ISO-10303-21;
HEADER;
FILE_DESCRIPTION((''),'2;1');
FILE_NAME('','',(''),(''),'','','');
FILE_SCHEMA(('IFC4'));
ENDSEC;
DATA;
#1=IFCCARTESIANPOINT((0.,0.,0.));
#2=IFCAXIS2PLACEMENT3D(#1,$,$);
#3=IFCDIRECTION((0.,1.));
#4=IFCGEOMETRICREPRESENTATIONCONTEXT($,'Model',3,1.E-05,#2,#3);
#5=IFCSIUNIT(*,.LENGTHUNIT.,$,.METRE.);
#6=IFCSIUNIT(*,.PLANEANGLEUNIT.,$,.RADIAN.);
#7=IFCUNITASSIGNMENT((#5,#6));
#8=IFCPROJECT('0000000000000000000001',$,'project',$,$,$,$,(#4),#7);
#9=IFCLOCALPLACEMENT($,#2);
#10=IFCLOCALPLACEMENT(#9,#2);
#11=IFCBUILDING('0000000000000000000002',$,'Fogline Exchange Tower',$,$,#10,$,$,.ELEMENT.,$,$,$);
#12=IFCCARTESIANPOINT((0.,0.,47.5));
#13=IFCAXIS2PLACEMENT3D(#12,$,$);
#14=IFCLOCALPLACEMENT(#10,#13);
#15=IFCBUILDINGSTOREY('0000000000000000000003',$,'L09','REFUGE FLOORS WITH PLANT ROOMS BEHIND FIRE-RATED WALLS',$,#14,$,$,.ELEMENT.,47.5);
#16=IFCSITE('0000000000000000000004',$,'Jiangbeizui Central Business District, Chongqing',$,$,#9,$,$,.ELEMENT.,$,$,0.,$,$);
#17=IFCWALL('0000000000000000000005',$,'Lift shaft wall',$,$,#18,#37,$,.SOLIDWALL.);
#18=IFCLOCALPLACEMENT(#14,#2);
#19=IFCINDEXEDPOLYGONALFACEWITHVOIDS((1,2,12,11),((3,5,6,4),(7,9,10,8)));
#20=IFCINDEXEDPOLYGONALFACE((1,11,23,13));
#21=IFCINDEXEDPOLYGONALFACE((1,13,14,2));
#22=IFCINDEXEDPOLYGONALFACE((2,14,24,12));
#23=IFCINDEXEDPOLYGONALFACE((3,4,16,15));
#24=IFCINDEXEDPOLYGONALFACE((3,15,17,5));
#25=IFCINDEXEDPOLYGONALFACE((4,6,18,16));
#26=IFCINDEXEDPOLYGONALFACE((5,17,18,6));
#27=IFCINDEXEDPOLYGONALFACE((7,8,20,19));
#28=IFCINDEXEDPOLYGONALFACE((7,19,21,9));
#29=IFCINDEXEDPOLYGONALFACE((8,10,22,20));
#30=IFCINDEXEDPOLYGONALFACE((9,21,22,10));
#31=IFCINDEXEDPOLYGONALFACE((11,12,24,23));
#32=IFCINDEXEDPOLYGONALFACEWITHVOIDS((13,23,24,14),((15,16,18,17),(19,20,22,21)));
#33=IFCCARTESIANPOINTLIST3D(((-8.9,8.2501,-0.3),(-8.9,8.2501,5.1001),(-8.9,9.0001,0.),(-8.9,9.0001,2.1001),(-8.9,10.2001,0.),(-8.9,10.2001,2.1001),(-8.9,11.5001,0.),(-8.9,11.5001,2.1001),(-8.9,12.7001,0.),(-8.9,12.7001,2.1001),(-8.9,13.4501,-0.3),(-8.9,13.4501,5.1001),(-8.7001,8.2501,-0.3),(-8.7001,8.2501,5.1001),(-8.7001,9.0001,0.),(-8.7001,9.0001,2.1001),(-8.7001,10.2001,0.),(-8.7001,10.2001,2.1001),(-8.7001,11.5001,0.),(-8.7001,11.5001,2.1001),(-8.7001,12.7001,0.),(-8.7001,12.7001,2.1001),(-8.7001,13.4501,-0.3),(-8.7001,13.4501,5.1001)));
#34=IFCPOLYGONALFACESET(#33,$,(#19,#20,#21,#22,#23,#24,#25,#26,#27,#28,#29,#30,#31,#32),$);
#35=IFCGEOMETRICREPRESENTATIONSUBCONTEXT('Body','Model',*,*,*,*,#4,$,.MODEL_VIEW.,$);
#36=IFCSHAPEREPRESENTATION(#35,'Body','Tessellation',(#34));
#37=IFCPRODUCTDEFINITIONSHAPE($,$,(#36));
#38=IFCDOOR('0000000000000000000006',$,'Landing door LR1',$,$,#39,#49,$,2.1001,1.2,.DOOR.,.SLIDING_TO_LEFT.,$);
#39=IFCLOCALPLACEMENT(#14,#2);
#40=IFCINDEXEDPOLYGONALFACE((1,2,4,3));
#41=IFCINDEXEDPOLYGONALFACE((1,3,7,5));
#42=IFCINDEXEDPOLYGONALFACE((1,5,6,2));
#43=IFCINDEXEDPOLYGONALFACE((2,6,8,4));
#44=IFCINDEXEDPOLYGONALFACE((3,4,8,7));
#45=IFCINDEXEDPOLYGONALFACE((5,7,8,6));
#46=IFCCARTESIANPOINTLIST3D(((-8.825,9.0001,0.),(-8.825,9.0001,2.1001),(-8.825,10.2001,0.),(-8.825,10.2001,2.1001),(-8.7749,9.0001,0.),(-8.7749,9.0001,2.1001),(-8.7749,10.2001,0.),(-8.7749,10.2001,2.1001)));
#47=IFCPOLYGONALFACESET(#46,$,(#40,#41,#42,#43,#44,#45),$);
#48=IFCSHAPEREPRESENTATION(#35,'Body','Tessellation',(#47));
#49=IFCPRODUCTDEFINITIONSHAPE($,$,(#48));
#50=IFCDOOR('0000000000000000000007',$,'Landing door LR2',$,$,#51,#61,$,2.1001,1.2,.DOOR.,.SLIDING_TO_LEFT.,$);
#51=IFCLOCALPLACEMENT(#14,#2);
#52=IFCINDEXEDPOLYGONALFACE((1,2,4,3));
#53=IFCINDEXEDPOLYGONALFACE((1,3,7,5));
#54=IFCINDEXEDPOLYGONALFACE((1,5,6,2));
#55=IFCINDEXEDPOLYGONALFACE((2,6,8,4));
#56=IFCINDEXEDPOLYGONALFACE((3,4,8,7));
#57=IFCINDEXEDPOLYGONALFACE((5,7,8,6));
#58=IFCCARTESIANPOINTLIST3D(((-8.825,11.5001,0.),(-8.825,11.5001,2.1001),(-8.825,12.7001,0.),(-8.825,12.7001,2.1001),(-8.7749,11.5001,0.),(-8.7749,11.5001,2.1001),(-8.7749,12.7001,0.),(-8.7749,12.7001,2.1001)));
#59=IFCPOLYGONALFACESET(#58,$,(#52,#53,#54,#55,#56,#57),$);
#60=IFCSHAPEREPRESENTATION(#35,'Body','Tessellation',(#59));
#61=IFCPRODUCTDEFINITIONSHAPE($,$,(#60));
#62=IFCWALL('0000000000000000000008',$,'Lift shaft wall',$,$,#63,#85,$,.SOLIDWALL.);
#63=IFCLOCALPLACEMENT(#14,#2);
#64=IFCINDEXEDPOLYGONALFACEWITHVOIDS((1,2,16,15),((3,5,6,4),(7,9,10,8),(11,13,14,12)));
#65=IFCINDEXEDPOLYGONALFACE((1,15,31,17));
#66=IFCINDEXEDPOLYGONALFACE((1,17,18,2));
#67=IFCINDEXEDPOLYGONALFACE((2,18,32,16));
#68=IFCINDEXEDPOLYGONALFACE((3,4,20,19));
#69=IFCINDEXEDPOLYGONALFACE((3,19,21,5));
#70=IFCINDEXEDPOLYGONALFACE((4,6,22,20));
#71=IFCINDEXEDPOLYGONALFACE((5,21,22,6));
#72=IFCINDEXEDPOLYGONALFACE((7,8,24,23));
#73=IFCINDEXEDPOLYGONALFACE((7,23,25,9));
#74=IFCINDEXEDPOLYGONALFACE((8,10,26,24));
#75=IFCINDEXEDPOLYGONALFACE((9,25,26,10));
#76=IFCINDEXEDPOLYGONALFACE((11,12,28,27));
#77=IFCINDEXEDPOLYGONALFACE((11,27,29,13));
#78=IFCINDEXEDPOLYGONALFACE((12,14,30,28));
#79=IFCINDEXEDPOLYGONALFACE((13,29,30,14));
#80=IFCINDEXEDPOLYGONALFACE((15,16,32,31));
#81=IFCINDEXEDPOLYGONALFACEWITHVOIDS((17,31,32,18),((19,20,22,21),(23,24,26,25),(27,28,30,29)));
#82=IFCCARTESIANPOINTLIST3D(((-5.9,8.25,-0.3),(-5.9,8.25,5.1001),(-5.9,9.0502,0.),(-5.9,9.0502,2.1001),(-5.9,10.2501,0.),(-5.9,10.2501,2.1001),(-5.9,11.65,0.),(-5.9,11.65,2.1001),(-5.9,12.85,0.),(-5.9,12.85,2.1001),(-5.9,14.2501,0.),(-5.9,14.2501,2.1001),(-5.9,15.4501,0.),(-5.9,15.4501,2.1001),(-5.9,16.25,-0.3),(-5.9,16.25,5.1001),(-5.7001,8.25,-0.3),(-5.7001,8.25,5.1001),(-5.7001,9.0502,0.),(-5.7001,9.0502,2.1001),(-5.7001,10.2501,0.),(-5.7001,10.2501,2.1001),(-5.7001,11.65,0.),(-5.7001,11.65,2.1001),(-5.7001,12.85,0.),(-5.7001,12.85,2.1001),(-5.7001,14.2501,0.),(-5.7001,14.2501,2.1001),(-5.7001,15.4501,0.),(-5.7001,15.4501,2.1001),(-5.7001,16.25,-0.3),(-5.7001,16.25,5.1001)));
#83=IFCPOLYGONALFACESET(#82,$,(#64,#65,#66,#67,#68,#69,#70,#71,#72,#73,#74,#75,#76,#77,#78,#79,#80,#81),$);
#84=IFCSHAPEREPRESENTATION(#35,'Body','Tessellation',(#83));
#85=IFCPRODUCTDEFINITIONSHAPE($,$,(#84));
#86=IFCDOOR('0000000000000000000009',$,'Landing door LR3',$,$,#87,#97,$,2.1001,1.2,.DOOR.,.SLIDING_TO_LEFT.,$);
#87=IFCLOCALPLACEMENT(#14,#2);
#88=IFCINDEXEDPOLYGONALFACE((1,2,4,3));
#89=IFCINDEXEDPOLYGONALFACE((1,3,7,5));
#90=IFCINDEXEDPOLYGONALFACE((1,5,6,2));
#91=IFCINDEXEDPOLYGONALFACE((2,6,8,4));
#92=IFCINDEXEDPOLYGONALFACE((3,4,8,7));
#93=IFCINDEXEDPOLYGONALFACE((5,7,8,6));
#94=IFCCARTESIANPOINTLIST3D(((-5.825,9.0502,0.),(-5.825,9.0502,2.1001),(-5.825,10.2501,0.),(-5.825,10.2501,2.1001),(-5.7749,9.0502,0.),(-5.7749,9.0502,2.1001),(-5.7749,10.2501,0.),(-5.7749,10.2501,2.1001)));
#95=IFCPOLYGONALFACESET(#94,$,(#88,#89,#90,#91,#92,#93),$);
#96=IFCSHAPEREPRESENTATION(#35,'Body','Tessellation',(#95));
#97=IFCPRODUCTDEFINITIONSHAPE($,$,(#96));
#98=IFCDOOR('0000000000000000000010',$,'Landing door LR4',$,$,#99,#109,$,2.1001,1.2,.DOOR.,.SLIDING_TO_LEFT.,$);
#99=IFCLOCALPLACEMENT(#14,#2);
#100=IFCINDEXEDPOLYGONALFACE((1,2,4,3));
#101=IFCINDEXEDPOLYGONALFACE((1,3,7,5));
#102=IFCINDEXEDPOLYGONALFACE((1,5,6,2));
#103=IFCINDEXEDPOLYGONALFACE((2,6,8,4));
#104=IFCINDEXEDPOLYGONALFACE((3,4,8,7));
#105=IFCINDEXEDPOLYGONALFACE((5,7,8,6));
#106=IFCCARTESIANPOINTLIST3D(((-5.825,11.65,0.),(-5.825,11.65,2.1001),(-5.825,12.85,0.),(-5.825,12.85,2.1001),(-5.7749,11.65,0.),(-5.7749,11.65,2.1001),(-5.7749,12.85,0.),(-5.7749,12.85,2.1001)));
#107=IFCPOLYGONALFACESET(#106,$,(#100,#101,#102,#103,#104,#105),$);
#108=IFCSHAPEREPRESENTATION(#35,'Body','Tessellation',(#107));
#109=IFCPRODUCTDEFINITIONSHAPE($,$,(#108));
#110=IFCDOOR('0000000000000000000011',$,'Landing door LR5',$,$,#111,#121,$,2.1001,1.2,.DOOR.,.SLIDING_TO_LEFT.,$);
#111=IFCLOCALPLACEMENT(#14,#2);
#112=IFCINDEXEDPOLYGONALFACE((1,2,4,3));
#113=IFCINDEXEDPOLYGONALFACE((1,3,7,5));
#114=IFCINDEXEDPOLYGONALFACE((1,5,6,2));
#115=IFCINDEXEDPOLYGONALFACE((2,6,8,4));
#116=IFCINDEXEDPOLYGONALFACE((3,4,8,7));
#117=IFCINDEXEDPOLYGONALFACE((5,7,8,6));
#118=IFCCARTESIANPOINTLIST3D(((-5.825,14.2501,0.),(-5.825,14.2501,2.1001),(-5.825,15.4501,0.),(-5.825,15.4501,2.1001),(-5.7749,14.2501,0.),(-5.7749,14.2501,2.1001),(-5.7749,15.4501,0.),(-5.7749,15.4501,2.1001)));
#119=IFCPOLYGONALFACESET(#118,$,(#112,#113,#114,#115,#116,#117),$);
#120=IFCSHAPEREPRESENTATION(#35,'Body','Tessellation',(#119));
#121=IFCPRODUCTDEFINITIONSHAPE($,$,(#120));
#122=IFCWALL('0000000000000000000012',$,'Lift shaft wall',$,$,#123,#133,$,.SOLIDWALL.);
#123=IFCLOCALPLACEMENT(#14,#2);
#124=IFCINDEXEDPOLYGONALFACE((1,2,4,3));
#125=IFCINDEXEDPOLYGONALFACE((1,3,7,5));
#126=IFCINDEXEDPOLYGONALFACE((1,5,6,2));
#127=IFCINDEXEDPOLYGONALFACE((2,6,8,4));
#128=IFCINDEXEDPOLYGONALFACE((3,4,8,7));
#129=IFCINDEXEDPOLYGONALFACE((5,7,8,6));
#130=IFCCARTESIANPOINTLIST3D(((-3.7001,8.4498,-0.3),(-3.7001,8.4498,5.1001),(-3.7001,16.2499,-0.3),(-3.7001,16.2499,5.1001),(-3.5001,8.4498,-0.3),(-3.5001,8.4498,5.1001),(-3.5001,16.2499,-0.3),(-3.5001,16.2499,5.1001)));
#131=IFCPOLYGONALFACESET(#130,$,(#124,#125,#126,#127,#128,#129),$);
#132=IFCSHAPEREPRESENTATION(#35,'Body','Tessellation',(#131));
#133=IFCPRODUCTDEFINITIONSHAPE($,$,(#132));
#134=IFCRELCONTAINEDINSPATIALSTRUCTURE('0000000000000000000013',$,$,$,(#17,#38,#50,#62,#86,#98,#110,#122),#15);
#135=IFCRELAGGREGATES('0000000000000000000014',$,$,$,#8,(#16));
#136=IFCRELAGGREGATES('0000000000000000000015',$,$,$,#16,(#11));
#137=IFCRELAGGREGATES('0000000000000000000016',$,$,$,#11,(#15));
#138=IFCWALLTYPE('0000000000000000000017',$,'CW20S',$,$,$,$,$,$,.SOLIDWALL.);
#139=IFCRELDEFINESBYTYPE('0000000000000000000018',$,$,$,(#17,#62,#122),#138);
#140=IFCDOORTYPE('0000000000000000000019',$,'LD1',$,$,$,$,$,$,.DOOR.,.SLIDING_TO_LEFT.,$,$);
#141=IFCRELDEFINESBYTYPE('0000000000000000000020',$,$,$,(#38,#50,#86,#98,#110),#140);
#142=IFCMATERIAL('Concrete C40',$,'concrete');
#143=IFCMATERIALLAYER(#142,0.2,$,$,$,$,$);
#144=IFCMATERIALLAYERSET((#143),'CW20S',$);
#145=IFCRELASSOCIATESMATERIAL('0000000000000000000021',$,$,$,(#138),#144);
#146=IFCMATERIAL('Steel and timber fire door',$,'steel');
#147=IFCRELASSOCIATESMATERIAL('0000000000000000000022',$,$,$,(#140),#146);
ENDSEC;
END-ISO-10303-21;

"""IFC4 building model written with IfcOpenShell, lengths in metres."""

from ifc_helpers import new_model, si_unit, direction, frame, frame_2d, origin, place, context, subcontext, project, spatial, rectangle, extrude, material, layer, layer_set, type_object, element, fill, save


model = new_model("IFC4")

# Units and contexts
model_context = context("Model", 3, precision=1e-05, world=origin(), true_north=direction((0.0, 1.0)))
body_context = subcontext(model_context, "Body", "Model", "MODEL_VIEW")
ifc_project = project(units=[si_unit("LENGTHUNIT", "METRE"), si_unit("PLANEANGLEUNIT", "RADIAN")], contexts=[model_context])

# Site, building, storey
site_placement = place(None, origin())
site = spatial("IfcSite", under=ifc_project, at=site_placement, Name="Jiangbeizui Central Business District, Chongqing", CompositionType="ELEMENT", RefElevation=0.0)
building_placement = place(site_placement, origin())
building = spatial("IfcBuilding", under=site, at=building_placement, Name="Fogline Exchange Tower", CompositionType="ELEMENT")
storey_placement = place(building_placement, frame((0.0, 0.0, 47.5)))
storey = spatial("IfcBuildingStorey", under=building, at=storey_placement, Name="L09", Description="REFUGE FLOORS WITH PLANT ROOMS BEHIND FIRE-RATED WALLS", CompositionType="ELEMENT", Elevation=47.5)

# Shared definitions
ifc_material_1 = material(Name="Steel and timber fire door", Category="steel")

# Shared definitions
ifc_material_2 = material(Name="Concrete C40", Category="concrete")

# Walls, openings, doors
ifc_layer_1 = layer(ifc_material_2, 0.2)
ifc_layer_set_1 = layer_set([ifc_layer_1], Name="CW20S")
wall_type_1 = type_object("IfcWallType", Name="CW20S", PredefinedType="SOLIDWALL", material=ifc_layer_set_1)
wall_1_placement = place(storey_placement, frame((-8.8, 8.25, -0.3), z_axis=(0.0, 0.0, 1.0), x_axis=(0.0, 1.0, 0.0)))
wall_1 = element("IfcWall", 1, at=wall_1_placement, inside=storey, type_object=wall_type_1, Name="Lift shaft wall", PredefinedType="SOLIDWALL", context=body_context, shape_type="SweptSolid", body=[
    extrude(rectangle(XDim=5.2, YDim=0.2, at=frame_2d((2.6001, 0.0))), origin(), (0.0, 0.0, 1.0), 5.4001),
])
opening_1_placement = place(wall_1_placement, frame((0.75, 0.0, 0.3)))
opening_1 = element("IfcOpeningElement", 2, at=opening_1_placement, cuts=wall_1, PredefinedType="OPENING", context=body_context, shape_type="SweptSolid", body=[
    extrude(rectangle(XDim=1.2, YDim=2.1001, at=frame_2d((0.6001, 1.05))), frame((0.0, 0.1099, 0.0), z_axis=(0.0, -1.0, 0.0), x_axis=(1.0, 0.0, 0.0)), (0.0, 0.0, 1.0), 0.22),
])
opening_2_placement = place(wall_1_placement, frame((3.25, 0.0, 0.3)))
opening_2 = element("IfcOpeningElement", 3, at=opening_2_placement, cuts=wall_1, PredefinedType="OPENING", context=body_context, shape_type="SweptSolid", body=[
    extrude(rectangle(XDim=1.2, YDim=2.1001, at=frame_2d((0.6001, 1.05))), frame((0.0, 0.1099, 0.0), z_axis=(0.0, -1.0, 0.0), x_axis=(1.0, 0.0, 0.0)), (0.0, 0.0, 1.0), 0.22),
])
door_type_1 = type_object("IfcDoorType", Name="LD1", OperationType="SLIDING_TO_LEFT", PredefinedType="DOOR", material=ifc_material_1)
door_1_placement = place(opening_1_placement, origin())
door_1 = element("IfcDoor", 4, at=door_1_placement, inside=storey, type_object=door_type_1, Name="Landing door LR1", OperationType="SLIDING_TO_LEFT", OverallHeight=2.1001, OverallWidth=1.2, PredefinedType="DOOR", context=body_context, shape_type="SweptSolid", body=[
    extrude(rectangle(XDim=1.2, YDim=2.1001, at=frame_2d((0.6001, 1.05))), frame((0.0, 0.0249, 0.0), z_axis=(0.0, -1.0, 0.0), x_axis=(1.0, 0.0, 0.0)), (0.0, 0.0, 1.0), 0.05),
])
fill(opening_1, door_1)
door_2_placement = place(opening_2_placement, origin())
door_2 = element("IfcDoor", 5, at=door_2_placement, inside=storey, type_object=door_type_1, Name="Landing door LR2", OperationType="SLIDING_TO_LEFT", OverallHeight=2.1001, OverallWidth=1.2, PredefinedType="DOOR", context=body_context, shape_type="SweptSolid", body=[
    extrude(rectangle(XDim=1.2, YDim=2.1001, at=frame_2d((0.6001, 1.05))), frame((0.0, 0.0249, 0.0), z_axis=(0.0, -1.0, 0.0), x_axis=(1.0, 0.0, 0.0)), (0.0, 0.0, 1.0), 0.05),
])
fill(opening_2, door_2)
wall_2_placement = place(storey_placement, frame((-5.8, 8.25, -0.3), z_axis=(0.0, 0.0, 1.0), x_axis=(0.0, 1.0, 0.0)))
wall_2 = element("IfcWall", 6, at=wall_2_placement, inside=storey, type_object=wall_type_1, Name="Lift shaft wall", PredefinedType="SOLIDWALL", context=body_context, shape_type="SweptSolid", body=[
    extrude(rectangle(XDim=8.0, YDim=0.2, at=frame_2d((4.0, 0.0))), origin(), (0.0, 0.0, 1.0), 5.4001),
])
opening_3_placement = place(wall_2_placement, frame((0.8, 0.0, 0.3)))
opening_3 = element("IfcOpeningElement", 7, at=opening_3_placement, cuts=wall_2, PredefinedType="OPENING", context=body_context, shape_type="SweptSolid", body=[
    extrude(rectangle(XDim=1.2, YDim=2.1001, at=frame_2d((0.6001, 1.05))), frame((0.0, 0.1099, 0.0), z_axis=(0.0, -1.0, 0.0), x_axis=(1.0, 0.0, 0.0)), (0.0, 0.0, 1.0), 0.22),
])
opening_4_placement = place(wall_2_placement, frame((3.3999, 0.0, 0.3)))
opening_4 = element("IfcOpeningElement", 8, at=opening_4_placement, cuts=wall_2, PredefinedType="OPENING", context=body_context, shape_type="SweptSolid", body=[
    extrude(rectangle(XDim=1.2, YDim=2.1001, at=frame_2d((0.6001, 1.05))), frame((0.0, 0.1099, 0.0), z_axis=(0.0, -1.0, 0.0), x_axis=(1.0, 0.0, 0.0)), (0.0, 0.0, 1.0), 0.22),
])
opening_5_placement = place(wall_2_placement, frame((6.0, 0.0, 0.3)))
opening_5 = element("IfcOpeningElement", 9, at=opening_5_placement, cuts=wall_2, PredefinedType="OPENING", context=body_context, shape_type="SweptSolid", body=[
    extrude(rectangle(XDim=1.2, YDim=2.1001, at=frame_2d((0.6001, 1.05))), frame((0.0, 0.1099, 0.0), z_axis=(0.0, -1.0, 0.0), x_axis=(1.0, 0.0, 0.0)), (0.0, 0.0, 1.0), 0.22),
])
door_3_placement = place(opening_3_placement, origin())
door_3 = element("IfcDoor", 10, at=door_3_placement, inside=storey, type_object=door_type_1, Name="Landing door LR3", OperationType="SLIDING_TO_LEFT", OverallHeight=2.1001, OverallWidth=1.2, PredefinedType="DOOR", context=body_context, shape_type="SweptSolid", body=[
    extrude(rectangle(XDim=1.2, YDim=2.1001, at=frame_2d((0.6001, 1.05))), frame((0.0, 0.0249, 0.0), z_axis=(0.0, -1.0, 0.0), x_axis=(1.0, 0.0, 0.0)), (0.0, 0.0, 1.0), 0.05),
])
fill(opening_3, door_3)
door_4_placement = place(opening_4_placement, origin())
door_4 = element("IfcDoor", 11, at=door_4_placement, inside=storey, type_object=door_type_1, Name="Landing door LR4", OperationType="SLIDING_TO_LEFT", OverallHeight=2.1001, OverallWidth=1.2, PredefinedType="DOOR", context=body_context, shape_type="SweptSolid", body=[
    extrude(rectangle(XDim=1.2, YDim=2.1001, at=frame_2d((0.6001, 1.05))), frame((0.0, 0.0249, 0.0), z_axis=(0.0, -1.0, 0.0), x_axis=(1.0, 0.0, 0.0)), (0.0, 0.0, 1.0), 0.05),
])
fill(opening_4, door_4)
door_5_placement = place(opening_5_placement, origin())
door_5 = element("IfcDoor", 12, at=door_5_placement, inside=storey, type_object=door_type_1, Name="Landing door LR5", OperationType="SLIDING_TO_LEFT", OverallHeight=2.1001, OverallWidth=1.2, PredefinedType="DOOR", context=body_context, shape_type="SweptSolid", body=[
    extrude(rectangle(XDim=1.2, YDim=2.1001, at=frame_2d((0.6001, 1.05))), frame((0.0, 0.0249, 0.0), z_axis=(0.0, -1.0, 0.0), x_axis=(1.0, 0.0, 0.0)), (0.0, 0.0, 1.0), 0.05),
])
fill(opening_5, door_5)

# Wall
wall_3_placement = place(storey_placement, frame((-3.6001, 8.45, -0.3), z_axis=(0.0, 0.0, 1.0), x_axis=(0.0, 1.0, 0.0)))
element("IfcWall", 13, at=wall_3_placement, inside=storey, type_object=wall_type_1, Name="Lift shaft wall", PredefinedType="SOLIDWALL", context=body_context, shape_type="SweptSolid", body=[
    extrude(rectangle(XDim=7.8, YDim=0.2, at=frame_2d((3.8999, 0.0))), origin(), (0.0, 0.0, 1.0), 5.4001),
])

save(model, "model.ifc")
